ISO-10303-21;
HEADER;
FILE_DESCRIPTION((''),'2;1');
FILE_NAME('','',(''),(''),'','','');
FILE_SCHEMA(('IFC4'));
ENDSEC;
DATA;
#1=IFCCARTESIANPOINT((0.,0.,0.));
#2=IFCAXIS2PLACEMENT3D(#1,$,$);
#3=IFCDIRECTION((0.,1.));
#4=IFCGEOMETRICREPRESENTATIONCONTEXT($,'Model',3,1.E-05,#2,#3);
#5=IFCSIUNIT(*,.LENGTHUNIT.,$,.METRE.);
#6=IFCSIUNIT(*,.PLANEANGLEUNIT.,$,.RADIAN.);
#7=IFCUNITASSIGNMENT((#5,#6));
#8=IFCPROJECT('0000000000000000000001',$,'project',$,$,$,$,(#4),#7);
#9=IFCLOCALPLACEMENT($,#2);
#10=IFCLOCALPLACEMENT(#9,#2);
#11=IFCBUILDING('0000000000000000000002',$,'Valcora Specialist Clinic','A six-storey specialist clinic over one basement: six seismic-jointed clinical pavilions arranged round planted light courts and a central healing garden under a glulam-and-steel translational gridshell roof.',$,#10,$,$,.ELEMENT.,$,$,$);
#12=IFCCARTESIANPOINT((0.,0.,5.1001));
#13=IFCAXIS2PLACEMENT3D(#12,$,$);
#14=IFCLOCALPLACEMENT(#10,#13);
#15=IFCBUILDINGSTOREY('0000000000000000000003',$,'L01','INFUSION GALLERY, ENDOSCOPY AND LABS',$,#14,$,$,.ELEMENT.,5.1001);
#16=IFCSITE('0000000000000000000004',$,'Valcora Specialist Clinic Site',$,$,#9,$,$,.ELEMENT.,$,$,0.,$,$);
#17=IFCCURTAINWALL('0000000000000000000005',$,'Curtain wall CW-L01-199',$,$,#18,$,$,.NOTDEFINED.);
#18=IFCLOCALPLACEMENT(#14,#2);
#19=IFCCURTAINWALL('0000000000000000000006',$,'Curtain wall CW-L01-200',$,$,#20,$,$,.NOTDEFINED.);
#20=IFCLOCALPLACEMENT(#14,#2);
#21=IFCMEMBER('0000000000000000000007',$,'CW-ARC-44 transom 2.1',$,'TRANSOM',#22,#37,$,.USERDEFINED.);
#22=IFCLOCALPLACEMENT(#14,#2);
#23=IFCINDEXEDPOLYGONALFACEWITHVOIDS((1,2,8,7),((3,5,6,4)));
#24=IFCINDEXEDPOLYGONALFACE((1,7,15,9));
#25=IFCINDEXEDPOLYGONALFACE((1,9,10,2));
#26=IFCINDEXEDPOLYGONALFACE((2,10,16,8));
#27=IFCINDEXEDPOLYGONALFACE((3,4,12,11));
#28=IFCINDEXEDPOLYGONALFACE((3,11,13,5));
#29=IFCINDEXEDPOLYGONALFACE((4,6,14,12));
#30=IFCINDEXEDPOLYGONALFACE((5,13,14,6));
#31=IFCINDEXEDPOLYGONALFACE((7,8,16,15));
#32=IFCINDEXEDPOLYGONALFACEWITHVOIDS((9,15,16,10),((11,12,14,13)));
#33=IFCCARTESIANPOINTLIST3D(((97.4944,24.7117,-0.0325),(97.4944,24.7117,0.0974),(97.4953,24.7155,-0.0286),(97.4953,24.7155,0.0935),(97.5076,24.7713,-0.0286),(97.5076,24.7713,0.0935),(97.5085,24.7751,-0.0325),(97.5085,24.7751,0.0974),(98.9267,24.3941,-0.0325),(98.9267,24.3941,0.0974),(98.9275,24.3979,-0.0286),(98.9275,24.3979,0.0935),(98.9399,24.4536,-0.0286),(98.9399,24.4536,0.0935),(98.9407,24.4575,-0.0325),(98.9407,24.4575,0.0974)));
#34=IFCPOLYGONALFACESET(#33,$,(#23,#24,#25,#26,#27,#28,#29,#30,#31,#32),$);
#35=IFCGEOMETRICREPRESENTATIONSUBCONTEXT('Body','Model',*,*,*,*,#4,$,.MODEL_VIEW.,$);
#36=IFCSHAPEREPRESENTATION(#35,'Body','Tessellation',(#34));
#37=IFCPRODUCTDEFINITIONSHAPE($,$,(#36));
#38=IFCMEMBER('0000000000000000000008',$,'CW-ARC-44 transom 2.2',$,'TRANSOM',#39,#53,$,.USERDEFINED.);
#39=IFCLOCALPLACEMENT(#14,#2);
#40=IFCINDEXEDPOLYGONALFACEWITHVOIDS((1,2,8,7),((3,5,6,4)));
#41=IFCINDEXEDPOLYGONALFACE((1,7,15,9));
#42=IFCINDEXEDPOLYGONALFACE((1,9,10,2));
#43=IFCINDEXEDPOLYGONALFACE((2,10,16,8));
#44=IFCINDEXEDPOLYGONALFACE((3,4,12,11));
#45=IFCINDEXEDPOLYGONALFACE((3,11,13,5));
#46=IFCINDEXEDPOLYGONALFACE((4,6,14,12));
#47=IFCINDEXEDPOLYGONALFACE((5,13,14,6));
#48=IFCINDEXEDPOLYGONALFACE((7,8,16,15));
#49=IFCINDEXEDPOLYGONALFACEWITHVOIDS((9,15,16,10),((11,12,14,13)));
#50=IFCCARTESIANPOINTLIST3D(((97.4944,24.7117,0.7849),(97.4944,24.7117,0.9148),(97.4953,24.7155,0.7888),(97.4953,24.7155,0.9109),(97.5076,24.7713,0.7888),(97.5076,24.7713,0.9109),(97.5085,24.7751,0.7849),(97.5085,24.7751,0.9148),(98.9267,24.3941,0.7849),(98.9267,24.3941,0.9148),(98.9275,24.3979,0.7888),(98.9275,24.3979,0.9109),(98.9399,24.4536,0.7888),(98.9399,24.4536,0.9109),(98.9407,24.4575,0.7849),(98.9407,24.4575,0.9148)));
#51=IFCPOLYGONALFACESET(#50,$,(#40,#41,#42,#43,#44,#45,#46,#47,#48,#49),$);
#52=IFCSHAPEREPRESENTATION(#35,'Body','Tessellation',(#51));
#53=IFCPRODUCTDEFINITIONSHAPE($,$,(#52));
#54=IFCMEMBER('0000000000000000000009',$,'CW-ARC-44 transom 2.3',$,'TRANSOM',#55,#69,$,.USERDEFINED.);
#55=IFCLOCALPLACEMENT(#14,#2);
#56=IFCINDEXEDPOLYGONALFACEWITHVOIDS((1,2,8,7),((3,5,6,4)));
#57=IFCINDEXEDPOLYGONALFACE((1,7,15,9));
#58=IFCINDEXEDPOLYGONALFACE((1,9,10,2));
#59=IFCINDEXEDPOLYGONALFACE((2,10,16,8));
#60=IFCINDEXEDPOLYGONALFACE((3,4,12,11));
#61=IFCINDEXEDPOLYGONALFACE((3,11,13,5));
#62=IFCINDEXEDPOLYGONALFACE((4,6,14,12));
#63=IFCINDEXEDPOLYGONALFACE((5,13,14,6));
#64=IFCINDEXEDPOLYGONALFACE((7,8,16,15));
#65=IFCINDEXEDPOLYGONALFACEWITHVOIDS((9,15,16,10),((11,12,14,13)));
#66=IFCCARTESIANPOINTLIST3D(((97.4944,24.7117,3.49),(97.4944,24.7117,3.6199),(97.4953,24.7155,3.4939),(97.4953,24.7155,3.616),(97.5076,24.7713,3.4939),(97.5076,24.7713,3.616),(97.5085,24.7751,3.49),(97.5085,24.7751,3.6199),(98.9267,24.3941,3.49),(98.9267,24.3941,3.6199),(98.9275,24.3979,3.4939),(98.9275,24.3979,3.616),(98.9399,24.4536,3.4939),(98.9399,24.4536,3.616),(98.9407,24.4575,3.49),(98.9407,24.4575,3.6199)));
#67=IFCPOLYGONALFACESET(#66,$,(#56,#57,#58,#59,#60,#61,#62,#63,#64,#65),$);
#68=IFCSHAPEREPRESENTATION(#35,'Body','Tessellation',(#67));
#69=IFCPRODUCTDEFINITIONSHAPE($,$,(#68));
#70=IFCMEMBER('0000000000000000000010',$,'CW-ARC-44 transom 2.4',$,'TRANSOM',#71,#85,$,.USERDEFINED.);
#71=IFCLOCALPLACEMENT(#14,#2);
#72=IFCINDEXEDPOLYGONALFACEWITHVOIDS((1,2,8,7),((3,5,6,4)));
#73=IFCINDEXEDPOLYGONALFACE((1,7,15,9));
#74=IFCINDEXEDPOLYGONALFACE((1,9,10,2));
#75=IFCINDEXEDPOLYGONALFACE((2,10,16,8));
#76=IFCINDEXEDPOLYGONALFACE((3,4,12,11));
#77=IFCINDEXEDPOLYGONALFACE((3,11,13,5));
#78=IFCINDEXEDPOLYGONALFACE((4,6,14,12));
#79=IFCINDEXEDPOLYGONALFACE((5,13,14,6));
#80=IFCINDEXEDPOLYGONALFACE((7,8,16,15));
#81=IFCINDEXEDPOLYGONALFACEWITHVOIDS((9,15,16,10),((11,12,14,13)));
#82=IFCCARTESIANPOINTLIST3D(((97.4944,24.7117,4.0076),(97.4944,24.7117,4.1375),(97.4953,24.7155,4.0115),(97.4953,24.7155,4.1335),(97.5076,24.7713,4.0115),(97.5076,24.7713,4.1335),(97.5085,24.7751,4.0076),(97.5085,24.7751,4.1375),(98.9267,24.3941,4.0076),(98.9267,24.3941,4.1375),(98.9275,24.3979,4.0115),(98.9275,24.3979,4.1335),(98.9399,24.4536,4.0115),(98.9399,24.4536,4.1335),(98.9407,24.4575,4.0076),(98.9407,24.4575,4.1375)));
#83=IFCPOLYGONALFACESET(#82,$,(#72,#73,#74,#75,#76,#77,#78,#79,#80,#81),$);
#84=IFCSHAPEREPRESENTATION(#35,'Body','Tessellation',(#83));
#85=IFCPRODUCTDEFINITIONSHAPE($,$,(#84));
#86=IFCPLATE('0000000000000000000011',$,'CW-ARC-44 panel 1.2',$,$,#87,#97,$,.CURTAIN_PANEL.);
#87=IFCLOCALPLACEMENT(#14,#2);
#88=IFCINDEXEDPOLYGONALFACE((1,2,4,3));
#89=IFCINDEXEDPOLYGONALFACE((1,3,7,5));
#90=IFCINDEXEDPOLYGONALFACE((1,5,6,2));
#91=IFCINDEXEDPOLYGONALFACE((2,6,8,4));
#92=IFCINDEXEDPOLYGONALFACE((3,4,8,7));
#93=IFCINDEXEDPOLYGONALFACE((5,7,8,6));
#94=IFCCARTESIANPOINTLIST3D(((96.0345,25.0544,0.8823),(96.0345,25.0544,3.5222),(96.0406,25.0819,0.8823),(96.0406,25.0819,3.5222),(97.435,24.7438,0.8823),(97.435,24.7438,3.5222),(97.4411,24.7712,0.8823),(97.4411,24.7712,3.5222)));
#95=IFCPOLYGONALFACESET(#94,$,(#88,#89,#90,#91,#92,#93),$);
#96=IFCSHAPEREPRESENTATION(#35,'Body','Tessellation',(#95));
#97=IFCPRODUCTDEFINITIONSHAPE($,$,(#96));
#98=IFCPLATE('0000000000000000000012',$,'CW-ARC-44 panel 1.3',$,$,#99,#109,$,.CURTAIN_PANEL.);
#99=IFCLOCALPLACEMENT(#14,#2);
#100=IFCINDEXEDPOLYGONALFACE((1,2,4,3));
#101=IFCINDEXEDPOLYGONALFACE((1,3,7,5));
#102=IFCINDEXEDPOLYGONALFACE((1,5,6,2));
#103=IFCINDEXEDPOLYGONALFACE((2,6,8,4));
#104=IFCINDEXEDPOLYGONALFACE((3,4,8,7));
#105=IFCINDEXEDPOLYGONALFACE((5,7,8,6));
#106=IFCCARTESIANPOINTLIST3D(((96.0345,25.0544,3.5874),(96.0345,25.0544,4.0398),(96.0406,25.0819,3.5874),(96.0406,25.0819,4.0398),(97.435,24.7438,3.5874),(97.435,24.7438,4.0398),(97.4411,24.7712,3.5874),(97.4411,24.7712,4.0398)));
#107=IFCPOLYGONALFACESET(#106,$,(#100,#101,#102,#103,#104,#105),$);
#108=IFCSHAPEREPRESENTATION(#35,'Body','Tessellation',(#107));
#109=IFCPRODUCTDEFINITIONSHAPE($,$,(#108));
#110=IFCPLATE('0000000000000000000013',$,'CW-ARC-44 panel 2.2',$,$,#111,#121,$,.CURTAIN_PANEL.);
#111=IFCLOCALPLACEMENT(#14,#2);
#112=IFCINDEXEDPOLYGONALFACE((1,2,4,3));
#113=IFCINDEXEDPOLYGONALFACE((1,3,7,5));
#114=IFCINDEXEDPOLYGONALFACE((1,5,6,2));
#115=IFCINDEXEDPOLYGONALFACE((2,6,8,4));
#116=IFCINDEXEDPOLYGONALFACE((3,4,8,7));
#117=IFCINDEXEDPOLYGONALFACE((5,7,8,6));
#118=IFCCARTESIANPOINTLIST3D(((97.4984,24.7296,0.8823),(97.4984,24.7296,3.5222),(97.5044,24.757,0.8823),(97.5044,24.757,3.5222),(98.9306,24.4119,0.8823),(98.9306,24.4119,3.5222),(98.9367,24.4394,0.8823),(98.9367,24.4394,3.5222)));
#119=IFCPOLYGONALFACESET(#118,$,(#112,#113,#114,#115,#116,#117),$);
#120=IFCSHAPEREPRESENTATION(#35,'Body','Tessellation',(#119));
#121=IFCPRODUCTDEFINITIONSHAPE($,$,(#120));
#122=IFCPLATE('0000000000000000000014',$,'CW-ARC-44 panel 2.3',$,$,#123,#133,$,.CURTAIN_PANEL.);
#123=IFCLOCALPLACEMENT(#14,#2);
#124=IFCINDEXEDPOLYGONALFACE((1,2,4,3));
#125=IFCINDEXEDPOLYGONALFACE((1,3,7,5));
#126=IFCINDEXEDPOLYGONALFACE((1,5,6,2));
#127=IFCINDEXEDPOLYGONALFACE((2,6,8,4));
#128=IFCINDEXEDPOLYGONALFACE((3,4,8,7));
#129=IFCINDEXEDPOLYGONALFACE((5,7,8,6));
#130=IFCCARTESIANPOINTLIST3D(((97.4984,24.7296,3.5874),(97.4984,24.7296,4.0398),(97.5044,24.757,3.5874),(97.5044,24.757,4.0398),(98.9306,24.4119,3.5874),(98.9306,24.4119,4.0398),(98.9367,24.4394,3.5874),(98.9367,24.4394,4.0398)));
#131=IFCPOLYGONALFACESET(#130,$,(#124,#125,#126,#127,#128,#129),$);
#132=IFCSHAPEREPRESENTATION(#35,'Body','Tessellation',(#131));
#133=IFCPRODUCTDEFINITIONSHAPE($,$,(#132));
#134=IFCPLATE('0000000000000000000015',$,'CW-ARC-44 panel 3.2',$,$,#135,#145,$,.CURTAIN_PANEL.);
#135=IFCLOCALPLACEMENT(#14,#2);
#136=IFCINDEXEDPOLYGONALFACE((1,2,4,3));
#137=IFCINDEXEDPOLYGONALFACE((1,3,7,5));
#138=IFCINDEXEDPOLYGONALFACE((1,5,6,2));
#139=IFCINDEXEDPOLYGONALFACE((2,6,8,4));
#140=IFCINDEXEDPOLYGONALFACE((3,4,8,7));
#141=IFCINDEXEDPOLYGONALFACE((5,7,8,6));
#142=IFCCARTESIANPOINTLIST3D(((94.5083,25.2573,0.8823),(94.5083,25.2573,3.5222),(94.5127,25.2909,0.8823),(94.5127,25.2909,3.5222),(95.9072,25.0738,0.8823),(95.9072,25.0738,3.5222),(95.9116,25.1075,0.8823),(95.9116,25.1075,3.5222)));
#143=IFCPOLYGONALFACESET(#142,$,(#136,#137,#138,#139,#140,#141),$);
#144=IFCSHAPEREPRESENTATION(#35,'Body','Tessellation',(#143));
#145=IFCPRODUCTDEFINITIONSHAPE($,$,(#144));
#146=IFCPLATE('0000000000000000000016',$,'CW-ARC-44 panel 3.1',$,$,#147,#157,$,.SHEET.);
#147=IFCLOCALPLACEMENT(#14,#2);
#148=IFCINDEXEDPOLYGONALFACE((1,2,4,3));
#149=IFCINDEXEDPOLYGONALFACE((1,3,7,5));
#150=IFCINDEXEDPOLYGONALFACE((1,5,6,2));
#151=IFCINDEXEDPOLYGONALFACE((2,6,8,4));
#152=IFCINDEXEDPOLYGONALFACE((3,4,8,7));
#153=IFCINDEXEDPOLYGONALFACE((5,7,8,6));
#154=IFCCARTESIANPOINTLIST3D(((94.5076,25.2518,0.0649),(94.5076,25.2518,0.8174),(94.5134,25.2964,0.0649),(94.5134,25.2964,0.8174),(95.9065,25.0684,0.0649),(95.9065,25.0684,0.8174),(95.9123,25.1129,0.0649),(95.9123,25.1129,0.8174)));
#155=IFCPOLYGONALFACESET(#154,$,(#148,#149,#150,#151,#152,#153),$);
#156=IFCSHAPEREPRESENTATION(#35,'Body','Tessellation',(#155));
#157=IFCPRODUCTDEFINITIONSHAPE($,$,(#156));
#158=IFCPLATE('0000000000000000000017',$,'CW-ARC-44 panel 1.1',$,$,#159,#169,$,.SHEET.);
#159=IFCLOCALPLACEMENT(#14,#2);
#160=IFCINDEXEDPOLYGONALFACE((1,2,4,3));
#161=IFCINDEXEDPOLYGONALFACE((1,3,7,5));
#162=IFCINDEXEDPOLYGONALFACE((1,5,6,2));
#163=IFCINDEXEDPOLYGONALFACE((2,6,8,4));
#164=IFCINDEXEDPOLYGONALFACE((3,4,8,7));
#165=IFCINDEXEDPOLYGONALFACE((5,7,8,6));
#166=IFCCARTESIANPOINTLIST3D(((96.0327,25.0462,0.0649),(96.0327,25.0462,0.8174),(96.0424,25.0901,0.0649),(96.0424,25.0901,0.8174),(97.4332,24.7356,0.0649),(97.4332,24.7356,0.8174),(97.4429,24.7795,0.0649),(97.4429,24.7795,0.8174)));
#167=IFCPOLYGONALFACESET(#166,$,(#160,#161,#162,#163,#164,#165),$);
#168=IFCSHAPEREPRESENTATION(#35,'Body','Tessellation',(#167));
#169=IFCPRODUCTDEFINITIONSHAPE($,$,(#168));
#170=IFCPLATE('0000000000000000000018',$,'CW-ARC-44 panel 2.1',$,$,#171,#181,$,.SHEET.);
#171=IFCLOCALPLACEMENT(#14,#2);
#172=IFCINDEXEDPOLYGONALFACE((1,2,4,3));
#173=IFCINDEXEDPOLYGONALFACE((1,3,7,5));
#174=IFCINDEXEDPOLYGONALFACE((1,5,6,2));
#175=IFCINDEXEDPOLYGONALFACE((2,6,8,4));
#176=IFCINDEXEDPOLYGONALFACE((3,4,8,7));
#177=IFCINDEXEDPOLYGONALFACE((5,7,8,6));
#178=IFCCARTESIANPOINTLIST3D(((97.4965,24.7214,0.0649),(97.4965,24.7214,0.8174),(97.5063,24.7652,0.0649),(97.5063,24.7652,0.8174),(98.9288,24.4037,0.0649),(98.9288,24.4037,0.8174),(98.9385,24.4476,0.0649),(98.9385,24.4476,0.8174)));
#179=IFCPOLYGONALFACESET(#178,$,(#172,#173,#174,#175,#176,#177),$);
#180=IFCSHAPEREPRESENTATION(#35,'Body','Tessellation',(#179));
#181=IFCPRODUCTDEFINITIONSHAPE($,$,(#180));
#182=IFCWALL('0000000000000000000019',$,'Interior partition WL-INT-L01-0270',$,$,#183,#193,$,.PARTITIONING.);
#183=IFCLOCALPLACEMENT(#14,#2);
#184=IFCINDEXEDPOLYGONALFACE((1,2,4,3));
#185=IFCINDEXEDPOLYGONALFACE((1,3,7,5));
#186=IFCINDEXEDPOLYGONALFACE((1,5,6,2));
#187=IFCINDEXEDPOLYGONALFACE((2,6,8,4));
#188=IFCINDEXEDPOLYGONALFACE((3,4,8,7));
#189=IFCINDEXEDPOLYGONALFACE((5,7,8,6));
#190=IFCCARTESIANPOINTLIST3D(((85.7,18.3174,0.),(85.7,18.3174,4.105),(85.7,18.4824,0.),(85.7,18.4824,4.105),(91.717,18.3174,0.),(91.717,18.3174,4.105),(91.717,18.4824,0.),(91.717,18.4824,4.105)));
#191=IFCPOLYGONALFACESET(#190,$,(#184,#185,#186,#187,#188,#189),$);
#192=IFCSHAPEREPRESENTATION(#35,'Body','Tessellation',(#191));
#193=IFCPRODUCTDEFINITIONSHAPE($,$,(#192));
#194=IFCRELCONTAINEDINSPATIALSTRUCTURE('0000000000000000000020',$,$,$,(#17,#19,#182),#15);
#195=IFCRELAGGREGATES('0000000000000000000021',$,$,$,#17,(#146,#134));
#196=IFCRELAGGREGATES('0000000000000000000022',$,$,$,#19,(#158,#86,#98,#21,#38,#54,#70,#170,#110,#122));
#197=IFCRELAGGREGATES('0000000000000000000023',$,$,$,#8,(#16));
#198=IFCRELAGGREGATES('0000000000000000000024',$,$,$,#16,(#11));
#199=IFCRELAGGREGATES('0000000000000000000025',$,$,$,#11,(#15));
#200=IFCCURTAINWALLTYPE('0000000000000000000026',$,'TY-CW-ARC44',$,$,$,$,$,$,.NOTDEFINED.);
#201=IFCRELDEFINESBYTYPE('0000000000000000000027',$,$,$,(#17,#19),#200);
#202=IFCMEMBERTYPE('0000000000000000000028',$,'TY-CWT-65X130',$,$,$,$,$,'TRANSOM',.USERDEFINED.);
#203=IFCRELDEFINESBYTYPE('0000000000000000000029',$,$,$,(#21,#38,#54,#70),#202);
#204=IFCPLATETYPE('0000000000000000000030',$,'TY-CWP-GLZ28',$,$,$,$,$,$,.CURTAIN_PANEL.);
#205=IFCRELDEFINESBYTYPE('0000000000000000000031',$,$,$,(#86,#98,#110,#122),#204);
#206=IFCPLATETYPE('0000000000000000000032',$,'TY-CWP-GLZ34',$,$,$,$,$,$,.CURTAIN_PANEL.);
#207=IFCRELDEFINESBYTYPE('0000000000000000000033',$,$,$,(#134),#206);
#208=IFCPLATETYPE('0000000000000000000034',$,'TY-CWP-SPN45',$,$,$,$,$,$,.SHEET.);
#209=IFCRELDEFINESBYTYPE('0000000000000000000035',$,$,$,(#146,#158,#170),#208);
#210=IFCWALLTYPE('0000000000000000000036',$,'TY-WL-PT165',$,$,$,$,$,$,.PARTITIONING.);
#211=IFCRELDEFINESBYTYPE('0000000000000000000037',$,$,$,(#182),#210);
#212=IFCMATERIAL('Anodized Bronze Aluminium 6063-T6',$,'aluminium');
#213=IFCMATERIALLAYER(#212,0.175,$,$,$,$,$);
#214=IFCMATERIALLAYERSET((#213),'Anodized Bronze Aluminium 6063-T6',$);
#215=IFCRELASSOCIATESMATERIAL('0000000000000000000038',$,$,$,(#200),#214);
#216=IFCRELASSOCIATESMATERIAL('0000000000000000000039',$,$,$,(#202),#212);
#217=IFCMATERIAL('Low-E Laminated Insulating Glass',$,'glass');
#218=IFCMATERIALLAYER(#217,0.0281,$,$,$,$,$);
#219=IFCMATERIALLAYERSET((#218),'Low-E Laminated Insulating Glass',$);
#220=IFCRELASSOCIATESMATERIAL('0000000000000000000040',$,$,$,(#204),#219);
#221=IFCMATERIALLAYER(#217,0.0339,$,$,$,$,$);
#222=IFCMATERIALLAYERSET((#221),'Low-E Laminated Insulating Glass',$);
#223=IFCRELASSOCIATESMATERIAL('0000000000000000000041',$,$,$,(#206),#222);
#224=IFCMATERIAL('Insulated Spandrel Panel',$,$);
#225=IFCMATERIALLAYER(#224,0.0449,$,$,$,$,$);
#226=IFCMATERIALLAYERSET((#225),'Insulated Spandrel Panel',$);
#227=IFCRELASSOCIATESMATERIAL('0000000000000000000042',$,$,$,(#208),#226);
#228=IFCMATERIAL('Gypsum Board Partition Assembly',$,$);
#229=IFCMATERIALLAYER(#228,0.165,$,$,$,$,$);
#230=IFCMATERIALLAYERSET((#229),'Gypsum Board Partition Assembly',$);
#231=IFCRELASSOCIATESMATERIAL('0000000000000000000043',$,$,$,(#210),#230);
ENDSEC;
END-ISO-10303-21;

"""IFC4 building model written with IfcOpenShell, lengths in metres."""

from ifc_helpers import new_model, si_unit, direction, frame, frame_2d, origin, origin_2d, place, context, subcontext, project, spatial, rectangle, hollow_rectangle, extrude, material, layer, layer_set, material_profile, profile_set, type_object, element, aggregate, save


model = new_model("IFC4")

# Units and contexts
model_context = context("Model", 3, precision=1e-05, world=origin(), true_north=direction((0.0, 1.0)))
body_context = subcontext(model_context, "Body", "Model", "MODEL_VIEW")
ifc_project = project(units=[si_unit("LENGTHUNIT", "METRE"), si_unit("PLANEANGLEUNIT", "RADIAN")], contexts=[model_context])

# Site, building, storey
site_placement = place(None, origin())
site = spatial("IfcSite", under=ifc_project, at=site_placement, Name="Valcora Specialist Clinic Site", CompositionType="ELEMENT", RefElevation=0.0)
building_placement = place(site_placement, origin())
building = spatial("IfcBuilding", under=site, at=building_placement, Name="Valcora Specialist Clinic", Description="A six-storey specialist clinic over one basement: six seismic-jointed clinical pavilions arranged round planted light courts and a central healing garden under a glulam-and-steel translational gridshell roof.", CompositionType="ELEMENT")
storey_placement = place(building_placement, frame((0.0, 0.0, 5.1001)))
storey = spatial("IfcBuildingStorey", under=building, at=storey_placement, Name="L01", Description="INFUSION GALLERY, ENDOSCOPY AND LABS", CompositionType="ELEMENT", Elevation=5.1001)

# Curtain wall
ifc_material_1 = material(Name="Anodized Bronze Aluminium 6063-T6", Category="aluminium")
ifc_layer_1 = layer(ifc_material_1, 0.175)
ifc_layer_set_1 = layer_set([ifc_layer_1], Name="Anodized Bronze Aluminium 6063-T6")
curtain_wall_type = type_object("IfcCurtainWallType", Name="TY-CW-ARC44", PredefinedType="NOTDEFINED", material=ifc_layer_set_1)
curtain_wall_1_placement = place(storey_placement, origin())
curtain_wall_1 = element("IfcCurtainWall", 1, at=curtain_wall_1_placement, inside=storey, type_object=curtain_wall_type, Name="Curtain wall CW-L01-199", PredefinedType="NOTDEFINED")

# Curtain wall, members, plates
curtain_wall_2_placement = place(storey_placement, origin())
curtain_wall_2 = element("IfcCurtainWall", 2, at=curtain_wall_2_placement, inside=storey, type_object=curtain_wall_type, Name="Curtain wall CW-L01-200", PredefinedType="NOTDEFINED")
ifc_material_profile_1 = material_profile(ifc_material_1, hollow_rectangle(XDim=0.0649, YDim=0.1299, WallThickness=0.0039, at=origin_2d()), Name="AL-TRN-65X130")
ifc_profile_set_1 = profile_set([ifc_material_profile_1], Name="Anodized Bronze Aluminium 6063-T6")
member_type_1 = type_object("IfcMemberType", Name="TY-CWT-65X130", ElementType="TRANSOM", PredefinedType="USERDEFINED", material=ifc_profile_set_1)
member_1_placement = place(storey_placement, frame((97.5015, 24.7434, 0.0325), z_axis=(0.976277, -0.216525, 0.0), x_axis=(0.216525, 0.976277, 0.0)))
member_1 = element("IfcMember", 3, at=member_1_placement, type_object=member_type_1, Name="CW-ARC-44 transom 2.1", ObjectType="TRANSOM", PredefinedType="USERDEFINED", context=body_context, shape_type="SweptSolid", body=[
    extrude(hollow_rectangle(XDim=0.0649, YDim=0.1299, WallThickness=0.0039, at=origin_2d()), origin(), (0.0, 0.0, 1.0), 1.467),
])
member_2_placement = place(storey_placement, frame((97.5015, 24.7434, 0.8499), z_axis=(0.976277, -0.216525, 0.0), x_axis=(0.216525, 0.976277, 0.0)))
member_2 = element("IfcMember", 4, at=member_2_placement, type_object=member_type_1, Name="CW-ARC-44 transom 2.2", ObjectType="TRANSOM", PredefinedType="USERDEFINED", context=body_context, shape_type="SweptSolid", body=[
    extrude(hollow_rectangle(XDim=0.0649, YDim=0.1299, WallThickness=0.0039, at=origin_2d()), origin(), (0.0, 0.0, 1.0), 1.467),
])
member_3_placement = place(storey_placement, frame((97.5015, 24.7434, 3.5549), z_axis=(0.976277, -0.216525, 0.0), x_axis=(0.216525, 0.976277, 0.0)))
member_3 = element("IfcMember", 5, at=member_3_placement, type_object=member_type_1, Name="CW-ARC-44 transom 2.3", ObjectType="TRANSOM", PredefinedType="USERDEFINED", context=body_context, shape_type="SweptSolid", body=[
    extrude(hollow_rectangle(XDim=0.0649, YDim=0.1299, WallThickness=0.0039, at=origin_2d()), origin(), (0.0, 0.0, 1.0), 1.467),
])
member_4_placement = place(storey_placement, frame((97.5015, 24.7434, 4.0725), z_axis=(0.976277, -0.216525, 0.0), x_axis=(0.216525, 0.976277, 0.0)))
member_4 = element("IfcMember", 6, at=member_4_placement, type_object=member_type_1, Name="CW-ARC-44 transom 2.4", ObjectType="TRANSOM", PredefinedType="USERDEFINED", context=body_context, shape_type="SweptSolid", body=[
    extrude(hollow_rectangle(XDim=0.0649, YDim=0.1299, WallThickness=0.0039, at=origin_2d()), origin(), (0.0, 0.0, 1.0), 1.467),
])
ifc_material_2 = material(Name="Low-E Laminated Insulating Glass", Category="glass")
ifc_layer_2 = layer(ifc_material_2, 0.0281)
ifc_layer_set_2 = layer_set([ifc_layer_2], Name="Low-E Laminated Insulating Glass")
plate_type_1 = type_object("IfcPlateType", Name="TY-CWP-GLZ28", PredefinedType="CURTAIN_PANEL", material=ifc_layer_set_2)
plate_1_placement = place(storey_placement, frame((96.7378, 24.9128, 0.8823), z_axis=(0.0, 0.0, 1.0), x_axis=(0.976279, -0.216518, 0.0)))
plate_1 = element("IfcPlate", 7, at=plate_1_placement, type_object=plate_type_1, Name="CW-ARC-44 panel 1.2", PredefinedType="CURTAIN_PANEL", context=body_context, shape_type="SweptSolid", body=[
    extrude(rectangle(XDim=1.4346, YDim=0.0281, at=origin_2d()), origin(), (0.0, 0.0, 1.0), 2.6399),
])
plate_2_placement = place(storey_placement, frame((96.7378, 24.9128, 3.5874), z_axis=(0.0, 0.0, 1.0), x_axis=(0.976279, -0.216518, 0.0)))
plate_2 = element("IfcPlate", 8, at=plate_2_placement, type_object=plate_type_1, Name="CW-ARC-44 panel 1.3", PredefinedType="CURTAIN_PANEL", context=body_context, shape_type="SweptSolid", body=[
    extrude(rectangle(XDim=1.4346, YDim=0.0281, at=origin_2d()), origin(), (0.0, 0.0, 1.0), 0.4524),
])
plate_3_placement = place(storey_placement, frame((98.2175, 24.5845, 0.8823), z_axis=(0.0, 0.0, 1.0), x_axis=(0.976279, -0.216518, 0.0)))
plate_3 = element("IfcPlate", 9, at=plate_3_placement, type_object=plate_type_1, Name="CW-ARC-44 panel 2.2", PredefinedType="CURTAIN_PANEL", context=body_context, shape_type="SweptSolid", body=[
    extrude(rectangle(XDim=1.467, YDim=0.0281, at=origin_2d()), origin(), (0.0, 0.0, 1.0), 2.6399),
])
plate_4_placement = place(storey_placement, frame((98.2175, 24.5845, 3.5874), z_axis=(0.0, 0.0, 1.0), x_axis=(0.976279, -0.216518, 0.0)))
plate_4 = element("IfcPlate", 10, at=plate_4_placement, type_object=plate_type_1, Name="CW-ARC-44 panel 2.3", PredefinedType="CURTAIN_PANEL", context=body_context, shape_type="SweptSolid", body=[
    extrude(rectangle(XDim=1.467, YDim=0.0281, at=origin_2d()), origin(), (0.0, 0.0, 1.0), 0.4524),
])

# Plates
ifc_layer_3 = layer(ifc_material_2, 0.0339)
ifc_layer_set_3 = layer_set([ifc_layer_3], Name="Low-E Laminated Insulating Glass")
plate_type_2 = type_object("IfcPlateType", Name="TY-CWP-GLZ34", PredefinedType="CURTAIN_PANEL", material=ifc_layer_set_3)
plate_5_placement = place(storey_placement, frame((95.21, 25.1824, 0.8823), z_axis=(0.0, 0.0, 1.0), x_axis=(0.991514, -0.129999, 0.0)))
plate_5 = element("IfcPlate", 11, at=plate_5_placement, type_object=plate_type_2, Name="CW-ARC-44 panel 3.2", PredefinedType="CURTAIN_PANEL", context=body_context, shape_type="SweptSolid", body=[
    extrude(rectangle(XDim=1.4109, YDim=0.0339, at=origin_2d()), origin(), (0.0, 0.0, 1.0), 2.6399),
])
ifc_material_3 = material(Name="Insulated Spandrel Panel")
ifc_layer_4 = layer(ifc_material_3, 0.0449)
ifc_layer_set_4 = layer_set([ifc_layer_4], Name="Insulated Spandrel Panel")
plate_type_3 = type_object("IfcPlateType", Name="TY-CWP-SPN45", PredefinedType="SHEET", material=ifc_layer_set_4)
plate_6_placement = place(storey_placement, frame((95.21, 25.1824, 0.0649), z_axis=(0.0, 0.0, 1.0), x_axis=(0.991514, -0.129999, 0.0)))
plate_6 = element("IfcPlate", 12, at=plate_6_placement, type_object=plate_type_3, Name="CW-ARC-44 panel 3.1", PredefinedType="SHEET", context=body_context, shape_type="SweptSolid", body=[
    extrude(rectangle(XDim=1.4109, YDim=0.0449, at=origin_2d()), origin(), (0.0, 0.0, 1.0), 0.7524),
])
aggregate(curtain_wall_1, [plate_6, plate_5])
plate_7_placement = place(storey_placement, frame((96.7378, 24.9128, 0.0649), z_axis=(0.0, 0.0, 1.0), x_axis=(0.976279, -0.216518, 0.0)))
plate_7 = element("IfcPlate", 13, at=plate_7_placement, type_object=plate_type_3, Name="CW-ARC-44 panel 1.1", PredefinedType="SHEET", context=body_context, shape_type="SweptSolid", body=[
    extrude(rectangle(XDim=1.4346, YDim=0.0449, at=origin_2d()), origin(), (0.0, 0.0, 1.0), 0.7524),
])
plate_8_placement = place(storey_placement, frame((98.2175, 24.5845, 0.0649), z_axis=(0.0, 0.0, 1.0), x_axis=(0.976279, -0.216518, 0.0)))
plate_8 = element("IfcPlate", 14, at=plate_8_placement, type_object=plate_type_3, Name="CW-ARC-44 panel 2.1", PredefinedType="SHEET", context=body_context, shape_type="SweptSolid", body=[
    extrude(rectangle(XDim=1.467, YDim=0.0449, at=origin_2d()), origin(), (0.0, 0.0, 1.0), 0.7524),
])
aggregate(curtain_wall_2, [plate_7, plate_1, plate_2, member_1, member_2, member_3, member_4, plate_8, plate_3, plate_4])

# Wall
ifc_material_4 = material(Name="Gypsum Board Partition Assembly")
ifc_layer_5 = layer(ifc_material_4, 0.165)
ifc_layer_set_5 = layer_set([ifc_layer_5], Name="Gypsum Board Partition Assembly")
wall_type_1 = type_object("IfcWallType", Name="TY-WL-PT165", PredefinedType="PARTITIONING", material=ifc_layer_set_5)
wall_1_placement = place(storey_placement, frame((91.717, 18.3999, 0.0), z_axis=(0.0, 0.0, 1.0), x_axis=(-1.0, 0.0, 0.0)))
element("IfcWall", 15, at=wall_1_placement, inside=storey, type_object=wall_type_1, Name="Interior partition WL-INT-L01-0270", PredefinedType="PARTITIONING", context=body_context, shape_type="SweptSolid", body=[
    extrude(rectangle(XDim=6.0171, YDim=0.165, at=frame_2d((3.0085, 0.0))), origin(), (0.0, 0.0, 1.0), 4.105),
])

save(model, "model.ifc")
